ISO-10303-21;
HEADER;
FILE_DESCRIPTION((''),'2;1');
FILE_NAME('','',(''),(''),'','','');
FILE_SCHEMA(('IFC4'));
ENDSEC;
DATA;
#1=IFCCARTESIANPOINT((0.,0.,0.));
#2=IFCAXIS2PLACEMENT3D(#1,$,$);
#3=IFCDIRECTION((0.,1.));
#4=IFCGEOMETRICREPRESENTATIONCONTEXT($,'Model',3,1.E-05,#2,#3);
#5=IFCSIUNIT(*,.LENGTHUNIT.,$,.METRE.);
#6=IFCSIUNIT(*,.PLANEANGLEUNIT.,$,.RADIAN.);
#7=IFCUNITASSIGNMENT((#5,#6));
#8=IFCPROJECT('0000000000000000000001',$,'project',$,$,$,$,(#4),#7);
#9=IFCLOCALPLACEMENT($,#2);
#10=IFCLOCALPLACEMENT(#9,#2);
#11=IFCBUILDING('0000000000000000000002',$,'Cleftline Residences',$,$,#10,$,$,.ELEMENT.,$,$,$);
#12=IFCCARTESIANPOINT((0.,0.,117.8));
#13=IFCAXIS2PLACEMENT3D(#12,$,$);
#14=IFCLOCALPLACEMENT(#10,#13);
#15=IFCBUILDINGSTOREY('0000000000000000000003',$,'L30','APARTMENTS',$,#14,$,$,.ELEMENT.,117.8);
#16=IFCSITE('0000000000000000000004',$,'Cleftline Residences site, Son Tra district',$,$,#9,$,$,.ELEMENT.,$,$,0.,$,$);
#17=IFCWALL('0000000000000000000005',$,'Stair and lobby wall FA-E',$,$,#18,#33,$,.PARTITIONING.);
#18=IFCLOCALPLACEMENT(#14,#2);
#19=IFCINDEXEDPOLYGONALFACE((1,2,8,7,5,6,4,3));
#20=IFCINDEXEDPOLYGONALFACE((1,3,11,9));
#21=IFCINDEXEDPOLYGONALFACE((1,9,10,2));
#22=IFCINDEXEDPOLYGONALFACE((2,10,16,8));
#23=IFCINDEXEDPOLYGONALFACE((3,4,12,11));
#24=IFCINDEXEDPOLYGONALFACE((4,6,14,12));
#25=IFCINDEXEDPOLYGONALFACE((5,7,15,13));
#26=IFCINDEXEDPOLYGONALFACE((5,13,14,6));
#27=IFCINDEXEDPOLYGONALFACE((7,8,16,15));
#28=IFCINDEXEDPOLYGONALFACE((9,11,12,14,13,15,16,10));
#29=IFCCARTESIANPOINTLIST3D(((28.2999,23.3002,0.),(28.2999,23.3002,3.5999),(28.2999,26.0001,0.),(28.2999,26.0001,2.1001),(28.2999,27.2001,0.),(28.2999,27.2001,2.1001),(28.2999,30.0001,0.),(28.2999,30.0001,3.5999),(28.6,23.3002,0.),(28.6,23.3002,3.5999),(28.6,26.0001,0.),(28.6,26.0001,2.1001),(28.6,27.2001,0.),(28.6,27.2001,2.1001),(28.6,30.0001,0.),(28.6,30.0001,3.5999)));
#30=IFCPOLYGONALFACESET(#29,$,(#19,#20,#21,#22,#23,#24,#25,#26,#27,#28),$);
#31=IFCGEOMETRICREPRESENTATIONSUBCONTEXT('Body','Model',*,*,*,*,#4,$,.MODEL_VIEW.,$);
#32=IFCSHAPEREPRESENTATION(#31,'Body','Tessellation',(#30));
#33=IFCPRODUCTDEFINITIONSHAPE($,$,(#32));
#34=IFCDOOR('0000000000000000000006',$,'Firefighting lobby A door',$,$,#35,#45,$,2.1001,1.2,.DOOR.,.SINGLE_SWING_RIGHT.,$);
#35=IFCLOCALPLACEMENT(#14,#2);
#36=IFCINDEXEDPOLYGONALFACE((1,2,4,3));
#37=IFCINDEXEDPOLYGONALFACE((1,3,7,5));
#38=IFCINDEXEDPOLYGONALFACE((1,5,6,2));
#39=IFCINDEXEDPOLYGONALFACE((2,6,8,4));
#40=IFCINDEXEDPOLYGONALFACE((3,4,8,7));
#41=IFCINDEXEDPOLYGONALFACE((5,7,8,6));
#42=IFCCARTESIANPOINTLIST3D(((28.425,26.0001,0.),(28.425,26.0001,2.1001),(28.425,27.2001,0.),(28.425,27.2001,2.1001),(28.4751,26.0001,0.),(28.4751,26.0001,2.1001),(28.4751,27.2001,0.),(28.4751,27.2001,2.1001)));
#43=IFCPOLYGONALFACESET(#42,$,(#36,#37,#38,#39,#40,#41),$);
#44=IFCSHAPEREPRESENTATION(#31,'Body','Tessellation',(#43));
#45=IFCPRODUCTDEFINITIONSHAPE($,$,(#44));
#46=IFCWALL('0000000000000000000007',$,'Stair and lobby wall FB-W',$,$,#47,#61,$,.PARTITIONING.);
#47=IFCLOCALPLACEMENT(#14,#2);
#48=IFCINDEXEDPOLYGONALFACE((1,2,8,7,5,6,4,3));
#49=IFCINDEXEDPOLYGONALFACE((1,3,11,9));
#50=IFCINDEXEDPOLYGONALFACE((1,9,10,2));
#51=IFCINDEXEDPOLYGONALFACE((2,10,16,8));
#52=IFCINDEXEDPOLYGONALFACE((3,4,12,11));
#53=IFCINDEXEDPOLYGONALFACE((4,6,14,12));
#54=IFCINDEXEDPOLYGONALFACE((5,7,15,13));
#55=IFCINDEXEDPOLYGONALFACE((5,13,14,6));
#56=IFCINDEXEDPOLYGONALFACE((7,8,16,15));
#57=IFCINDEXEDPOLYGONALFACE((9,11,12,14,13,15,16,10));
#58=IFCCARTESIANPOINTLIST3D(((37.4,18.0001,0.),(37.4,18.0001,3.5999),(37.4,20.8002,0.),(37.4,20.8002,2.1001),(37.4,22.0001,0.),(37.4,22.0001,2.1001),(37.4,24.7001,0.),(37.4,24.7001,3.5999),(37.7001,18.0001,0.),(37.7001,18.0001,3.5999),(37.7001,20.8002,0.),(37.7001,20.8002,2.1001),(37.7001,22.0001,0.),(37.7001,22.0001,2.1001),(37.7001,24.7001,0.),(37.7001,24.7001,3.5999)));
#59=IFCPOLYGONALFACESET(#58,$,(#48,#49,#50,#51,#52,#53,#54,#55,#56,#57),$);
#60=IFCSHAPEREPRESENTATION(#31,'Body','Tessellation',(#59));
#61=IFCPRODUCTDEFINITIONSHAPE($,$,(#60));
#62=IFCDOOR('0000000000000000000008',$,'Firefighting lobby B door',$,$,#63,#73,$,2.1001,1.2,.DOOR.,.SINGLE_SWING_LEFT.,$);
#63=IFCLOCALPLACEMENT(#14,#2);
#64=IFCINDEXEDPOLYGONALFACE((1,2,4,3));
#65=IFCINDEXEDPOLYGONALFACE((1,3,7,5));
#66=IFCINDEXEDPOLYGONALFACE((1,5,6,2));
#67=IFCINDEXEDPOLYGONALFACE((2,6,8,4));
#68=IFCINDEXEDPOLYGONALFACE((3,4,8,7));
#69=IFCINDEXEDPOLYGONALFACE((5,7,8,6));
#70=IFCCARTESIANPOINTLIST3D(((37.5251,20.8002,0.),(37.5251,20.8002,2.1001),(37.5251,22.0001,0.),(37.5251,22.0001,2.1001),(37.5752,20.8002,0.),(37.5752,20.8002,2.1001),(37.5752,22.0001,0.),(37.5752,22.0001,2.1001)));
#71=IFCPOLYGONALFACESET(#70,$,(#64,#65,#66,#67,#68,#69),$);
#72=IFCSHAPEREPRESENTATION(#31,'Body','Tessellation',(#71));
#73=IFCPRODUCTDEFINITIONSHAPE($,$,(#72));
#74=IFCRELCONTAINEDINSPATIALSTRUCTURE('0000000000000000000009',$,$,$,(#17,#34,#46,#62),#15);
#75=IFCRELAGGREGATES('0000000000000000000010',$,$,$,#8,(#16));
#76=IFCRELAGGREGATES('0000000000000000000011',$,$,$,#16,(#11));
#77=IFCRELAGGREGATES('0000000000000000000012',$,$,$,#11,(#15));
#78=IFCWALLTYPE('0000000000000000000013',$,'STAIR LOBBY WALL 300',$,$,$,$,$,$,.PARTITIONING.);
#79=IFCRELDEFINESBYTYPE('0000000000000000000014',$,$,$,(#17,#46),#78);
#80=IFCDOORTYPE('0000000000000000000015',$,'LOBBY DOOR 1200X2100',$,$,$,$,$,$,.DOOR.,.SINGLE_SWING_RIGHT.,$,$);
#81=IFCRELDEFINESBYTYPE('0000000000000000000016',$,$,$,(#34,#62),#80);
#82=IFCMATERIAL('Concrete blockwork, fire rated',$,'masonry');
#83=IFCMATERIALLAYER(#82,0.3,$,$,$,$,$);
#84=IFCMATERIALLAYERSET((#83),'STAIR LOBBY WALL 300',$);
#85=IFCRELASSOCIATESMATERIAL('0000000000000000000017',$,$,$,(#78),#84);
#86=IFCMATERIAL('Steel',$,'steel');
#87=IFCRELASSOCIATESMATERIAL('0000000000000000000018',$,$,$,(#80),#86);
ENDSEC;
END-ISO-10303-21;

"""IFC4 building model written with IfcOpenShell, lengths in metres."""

from ifc_helpers import new_model, si_unit, direction, frame, frame_2d, origin, place, context, subcontext, project, spatial, rectangle, extrude, material, layer, layer_set, type_object, element, fill, save


model = new_model("IFC4")

# Units and contexts
model_context = context("Model", 3, precision=1e-05, world=origin(), true_north=direction((0.0, 1.0)))
body_context = subcontext(model_context, "Body", "Model", "MODEL_VIEW")
ifc_project = project(units=[si_unit("LENGTHUNIT", "METRE"), si_unit("PLANEANGLEUNIT", "RADIAN")], contexts=[model_context])

# Site, building, storey
site_placement = place(None, origin())
site = spatial("IfcSite", under=ifc_project, at=site_placement, Name="Cleftline Residences site, Son Tra district", CompositionType="ELEMENT", RefElevation=0.0)
building_placement = place(site_placement, origin())
building = spatial("IfcBuilding", under=site, at=building_placement, Name="Cleftline Residences", CompositionType="ELEMENT")
storey_placement = place(building_placement, frame((0.0, 0.0, 117.8)))
storey = spatial("IfcBuildingStorey", under=building, at=storey_placement, Name="L30", Description="APARTMENTS", CompositionType="ELEMENT", Elevation=117.8)

# Walls, openings, doors
ifc_material_1 = material(Name="Concrete blockwork, fire rated", Category="masonry")
ifc_layer_1 = layer(ifc_material_1, 0.3)
ifc_layer_set_1 = layer_set([ifc_layer_1], Name="STAIR LOBBY WALL 300")
wall_type_1 = type_object("IfcWallType", Name="STAIR LOBBY WALL 300", PredefinedType="PARTITIONING", material=ifc_layer_set_1)
wall_1_placement = place(storey_placement, frame((28.45, 23.3, 0.0), z_axis=(0.0, 0.0, 1.0), x_axis=(0.0, 1.0, 0.0)))
wall_1 = element("IfcWall", 1, at=wall_1_placement, inside=storey, type_object=wall_type_1, Name="Stair and lobby wall FA-E", PredefinedType="PARTITIONING", context=body_context, shape_type="SweptSolid", body=[
    extrude(rectangle(XDim=6.7, YDim=0.3, at=frame_2d((3.3501, 0.0))), origin(), (0.0, 0.0, 1.0), 3.5999),
])
opening_1_placement = place(wall_1_placement, frame((2.7, 0.0, 0.0)))
opening_1 = element("IfcOpeningElement", 2, at=opening_1_placement, cuts=wall_1, PredefinedType="OPENING", context=body_context, shape_type="SweptSolid", body=[
    extrude(rectangle(XDim=1.2, YDim=2.1001, at=frame_2d((0.6001, 1.05))), frame((0.0, 0.1599, 0.0), z_axis=(0.0, -1.0, 0.0), x_axis=(1.0, 0.0, 0.0)), (0.0, 0.0, 1.0), 0.3201),
])
ifc_material_2 = material(Name="Steel", Category="steel")
door_type_1 = type_object("IfcDoorType", Name="LOBBY DOOR 1200X2100", OperationType="SINGLE_SWING_RIGHT", PredefinedType="DOOR", material=ifc_material_2)
door_1_placement = place(opening_1_placement, origin())
door_1 = element("IfcDoor", 3, at=door_1_placement, inside=storey, type_object=door_type_1, Name="Firefighting lobby A door", OperationType="SINGLE_SWING_RIGHT", OverallHeight=2.1001, OverallWidth=1.2, PredefinedType="DOOR", context=body_context, shape_type="SweptSolid", body=[
    extrude(rectangle(XDim=1.2, YDim=2.1001, at=frame_2d((0.6001, 1.05))), frame((0.0, 0.0249, 0.0), z_axis=(0.0, -1.0, 0.0), x_axis=(1.0, 0.0, 0.0)), (0.0, 0.0, 1.0), 0.05),
])
fill(opening_1, door_1)
wall_2_placement = place(storey_placement, frame((37.55, 18.0, 0.0), z_axis=(0.0, 0.0, 1.0), x_axis=(0.0, 1.0, 0.0)))
wall_2 = element("IfcWall", 4, at=wall_2_placement, inside=storey, type_object=wall_type_1, Name="Stair and lobby wall FB-W", PredefinedType="PARTITIONING", context=body_context, shape_type="SweptSolid", body=[
    extrude(rectangle(XDim=6.7, YDim=0.3, at=frame_2d((3.3501, 0.0))), origin(), (0.0, 0.0, 1.0), 3.5999),
])
opening_2_placement = place(wall_2_placement, frame((2.8, 0.0, 0.0)))
opening_2 = element("IfcOpeningElement", 5, at=opening_2_placement, cuts=wall_2, PredefinedType="OPENING", context=body_context, shape_type="SweptSolid", body=[
    extrude(rectangle(XDim=1.2, YDim=2.1001, at=frame_2d((0.6001, 1.05))), frame((0.0, 0.1599, 0.0), z_axis=(0.0, -1.0, 0.0), x_axis=(1.0, 0.0, 0.0)), (0.0, 0.0, 1.0), 0.3201),
])
door_2_placement = place(opening_2_placement, origin())
door_2 = element("IfcDoor", 6, at=door_2_placement, inside=storey, type_object=door_type_1, Name="Firefighting lobby B door", OperationType="SINGLE_SWING_LEFT", OverallHeight=2.1001, OverallWidth=1.2, PredefinedType="DOOR", context=body_context, shape_type="SweptSolid", body=[
    extrude(rectangle(XDim=1.2, YDim=2.1001, at=frame_2d((0.6001, 1.05))), frame((0.0, 0.0249, 0.0), z_axis=(0.0, -1.0, 0.0), x_axis=(1.0, 0.0, 0.0)), (0.0, 0.0, 1.0), 0.05),
])
fill(opening_2, door_2)

save(model, "model.ifc")
